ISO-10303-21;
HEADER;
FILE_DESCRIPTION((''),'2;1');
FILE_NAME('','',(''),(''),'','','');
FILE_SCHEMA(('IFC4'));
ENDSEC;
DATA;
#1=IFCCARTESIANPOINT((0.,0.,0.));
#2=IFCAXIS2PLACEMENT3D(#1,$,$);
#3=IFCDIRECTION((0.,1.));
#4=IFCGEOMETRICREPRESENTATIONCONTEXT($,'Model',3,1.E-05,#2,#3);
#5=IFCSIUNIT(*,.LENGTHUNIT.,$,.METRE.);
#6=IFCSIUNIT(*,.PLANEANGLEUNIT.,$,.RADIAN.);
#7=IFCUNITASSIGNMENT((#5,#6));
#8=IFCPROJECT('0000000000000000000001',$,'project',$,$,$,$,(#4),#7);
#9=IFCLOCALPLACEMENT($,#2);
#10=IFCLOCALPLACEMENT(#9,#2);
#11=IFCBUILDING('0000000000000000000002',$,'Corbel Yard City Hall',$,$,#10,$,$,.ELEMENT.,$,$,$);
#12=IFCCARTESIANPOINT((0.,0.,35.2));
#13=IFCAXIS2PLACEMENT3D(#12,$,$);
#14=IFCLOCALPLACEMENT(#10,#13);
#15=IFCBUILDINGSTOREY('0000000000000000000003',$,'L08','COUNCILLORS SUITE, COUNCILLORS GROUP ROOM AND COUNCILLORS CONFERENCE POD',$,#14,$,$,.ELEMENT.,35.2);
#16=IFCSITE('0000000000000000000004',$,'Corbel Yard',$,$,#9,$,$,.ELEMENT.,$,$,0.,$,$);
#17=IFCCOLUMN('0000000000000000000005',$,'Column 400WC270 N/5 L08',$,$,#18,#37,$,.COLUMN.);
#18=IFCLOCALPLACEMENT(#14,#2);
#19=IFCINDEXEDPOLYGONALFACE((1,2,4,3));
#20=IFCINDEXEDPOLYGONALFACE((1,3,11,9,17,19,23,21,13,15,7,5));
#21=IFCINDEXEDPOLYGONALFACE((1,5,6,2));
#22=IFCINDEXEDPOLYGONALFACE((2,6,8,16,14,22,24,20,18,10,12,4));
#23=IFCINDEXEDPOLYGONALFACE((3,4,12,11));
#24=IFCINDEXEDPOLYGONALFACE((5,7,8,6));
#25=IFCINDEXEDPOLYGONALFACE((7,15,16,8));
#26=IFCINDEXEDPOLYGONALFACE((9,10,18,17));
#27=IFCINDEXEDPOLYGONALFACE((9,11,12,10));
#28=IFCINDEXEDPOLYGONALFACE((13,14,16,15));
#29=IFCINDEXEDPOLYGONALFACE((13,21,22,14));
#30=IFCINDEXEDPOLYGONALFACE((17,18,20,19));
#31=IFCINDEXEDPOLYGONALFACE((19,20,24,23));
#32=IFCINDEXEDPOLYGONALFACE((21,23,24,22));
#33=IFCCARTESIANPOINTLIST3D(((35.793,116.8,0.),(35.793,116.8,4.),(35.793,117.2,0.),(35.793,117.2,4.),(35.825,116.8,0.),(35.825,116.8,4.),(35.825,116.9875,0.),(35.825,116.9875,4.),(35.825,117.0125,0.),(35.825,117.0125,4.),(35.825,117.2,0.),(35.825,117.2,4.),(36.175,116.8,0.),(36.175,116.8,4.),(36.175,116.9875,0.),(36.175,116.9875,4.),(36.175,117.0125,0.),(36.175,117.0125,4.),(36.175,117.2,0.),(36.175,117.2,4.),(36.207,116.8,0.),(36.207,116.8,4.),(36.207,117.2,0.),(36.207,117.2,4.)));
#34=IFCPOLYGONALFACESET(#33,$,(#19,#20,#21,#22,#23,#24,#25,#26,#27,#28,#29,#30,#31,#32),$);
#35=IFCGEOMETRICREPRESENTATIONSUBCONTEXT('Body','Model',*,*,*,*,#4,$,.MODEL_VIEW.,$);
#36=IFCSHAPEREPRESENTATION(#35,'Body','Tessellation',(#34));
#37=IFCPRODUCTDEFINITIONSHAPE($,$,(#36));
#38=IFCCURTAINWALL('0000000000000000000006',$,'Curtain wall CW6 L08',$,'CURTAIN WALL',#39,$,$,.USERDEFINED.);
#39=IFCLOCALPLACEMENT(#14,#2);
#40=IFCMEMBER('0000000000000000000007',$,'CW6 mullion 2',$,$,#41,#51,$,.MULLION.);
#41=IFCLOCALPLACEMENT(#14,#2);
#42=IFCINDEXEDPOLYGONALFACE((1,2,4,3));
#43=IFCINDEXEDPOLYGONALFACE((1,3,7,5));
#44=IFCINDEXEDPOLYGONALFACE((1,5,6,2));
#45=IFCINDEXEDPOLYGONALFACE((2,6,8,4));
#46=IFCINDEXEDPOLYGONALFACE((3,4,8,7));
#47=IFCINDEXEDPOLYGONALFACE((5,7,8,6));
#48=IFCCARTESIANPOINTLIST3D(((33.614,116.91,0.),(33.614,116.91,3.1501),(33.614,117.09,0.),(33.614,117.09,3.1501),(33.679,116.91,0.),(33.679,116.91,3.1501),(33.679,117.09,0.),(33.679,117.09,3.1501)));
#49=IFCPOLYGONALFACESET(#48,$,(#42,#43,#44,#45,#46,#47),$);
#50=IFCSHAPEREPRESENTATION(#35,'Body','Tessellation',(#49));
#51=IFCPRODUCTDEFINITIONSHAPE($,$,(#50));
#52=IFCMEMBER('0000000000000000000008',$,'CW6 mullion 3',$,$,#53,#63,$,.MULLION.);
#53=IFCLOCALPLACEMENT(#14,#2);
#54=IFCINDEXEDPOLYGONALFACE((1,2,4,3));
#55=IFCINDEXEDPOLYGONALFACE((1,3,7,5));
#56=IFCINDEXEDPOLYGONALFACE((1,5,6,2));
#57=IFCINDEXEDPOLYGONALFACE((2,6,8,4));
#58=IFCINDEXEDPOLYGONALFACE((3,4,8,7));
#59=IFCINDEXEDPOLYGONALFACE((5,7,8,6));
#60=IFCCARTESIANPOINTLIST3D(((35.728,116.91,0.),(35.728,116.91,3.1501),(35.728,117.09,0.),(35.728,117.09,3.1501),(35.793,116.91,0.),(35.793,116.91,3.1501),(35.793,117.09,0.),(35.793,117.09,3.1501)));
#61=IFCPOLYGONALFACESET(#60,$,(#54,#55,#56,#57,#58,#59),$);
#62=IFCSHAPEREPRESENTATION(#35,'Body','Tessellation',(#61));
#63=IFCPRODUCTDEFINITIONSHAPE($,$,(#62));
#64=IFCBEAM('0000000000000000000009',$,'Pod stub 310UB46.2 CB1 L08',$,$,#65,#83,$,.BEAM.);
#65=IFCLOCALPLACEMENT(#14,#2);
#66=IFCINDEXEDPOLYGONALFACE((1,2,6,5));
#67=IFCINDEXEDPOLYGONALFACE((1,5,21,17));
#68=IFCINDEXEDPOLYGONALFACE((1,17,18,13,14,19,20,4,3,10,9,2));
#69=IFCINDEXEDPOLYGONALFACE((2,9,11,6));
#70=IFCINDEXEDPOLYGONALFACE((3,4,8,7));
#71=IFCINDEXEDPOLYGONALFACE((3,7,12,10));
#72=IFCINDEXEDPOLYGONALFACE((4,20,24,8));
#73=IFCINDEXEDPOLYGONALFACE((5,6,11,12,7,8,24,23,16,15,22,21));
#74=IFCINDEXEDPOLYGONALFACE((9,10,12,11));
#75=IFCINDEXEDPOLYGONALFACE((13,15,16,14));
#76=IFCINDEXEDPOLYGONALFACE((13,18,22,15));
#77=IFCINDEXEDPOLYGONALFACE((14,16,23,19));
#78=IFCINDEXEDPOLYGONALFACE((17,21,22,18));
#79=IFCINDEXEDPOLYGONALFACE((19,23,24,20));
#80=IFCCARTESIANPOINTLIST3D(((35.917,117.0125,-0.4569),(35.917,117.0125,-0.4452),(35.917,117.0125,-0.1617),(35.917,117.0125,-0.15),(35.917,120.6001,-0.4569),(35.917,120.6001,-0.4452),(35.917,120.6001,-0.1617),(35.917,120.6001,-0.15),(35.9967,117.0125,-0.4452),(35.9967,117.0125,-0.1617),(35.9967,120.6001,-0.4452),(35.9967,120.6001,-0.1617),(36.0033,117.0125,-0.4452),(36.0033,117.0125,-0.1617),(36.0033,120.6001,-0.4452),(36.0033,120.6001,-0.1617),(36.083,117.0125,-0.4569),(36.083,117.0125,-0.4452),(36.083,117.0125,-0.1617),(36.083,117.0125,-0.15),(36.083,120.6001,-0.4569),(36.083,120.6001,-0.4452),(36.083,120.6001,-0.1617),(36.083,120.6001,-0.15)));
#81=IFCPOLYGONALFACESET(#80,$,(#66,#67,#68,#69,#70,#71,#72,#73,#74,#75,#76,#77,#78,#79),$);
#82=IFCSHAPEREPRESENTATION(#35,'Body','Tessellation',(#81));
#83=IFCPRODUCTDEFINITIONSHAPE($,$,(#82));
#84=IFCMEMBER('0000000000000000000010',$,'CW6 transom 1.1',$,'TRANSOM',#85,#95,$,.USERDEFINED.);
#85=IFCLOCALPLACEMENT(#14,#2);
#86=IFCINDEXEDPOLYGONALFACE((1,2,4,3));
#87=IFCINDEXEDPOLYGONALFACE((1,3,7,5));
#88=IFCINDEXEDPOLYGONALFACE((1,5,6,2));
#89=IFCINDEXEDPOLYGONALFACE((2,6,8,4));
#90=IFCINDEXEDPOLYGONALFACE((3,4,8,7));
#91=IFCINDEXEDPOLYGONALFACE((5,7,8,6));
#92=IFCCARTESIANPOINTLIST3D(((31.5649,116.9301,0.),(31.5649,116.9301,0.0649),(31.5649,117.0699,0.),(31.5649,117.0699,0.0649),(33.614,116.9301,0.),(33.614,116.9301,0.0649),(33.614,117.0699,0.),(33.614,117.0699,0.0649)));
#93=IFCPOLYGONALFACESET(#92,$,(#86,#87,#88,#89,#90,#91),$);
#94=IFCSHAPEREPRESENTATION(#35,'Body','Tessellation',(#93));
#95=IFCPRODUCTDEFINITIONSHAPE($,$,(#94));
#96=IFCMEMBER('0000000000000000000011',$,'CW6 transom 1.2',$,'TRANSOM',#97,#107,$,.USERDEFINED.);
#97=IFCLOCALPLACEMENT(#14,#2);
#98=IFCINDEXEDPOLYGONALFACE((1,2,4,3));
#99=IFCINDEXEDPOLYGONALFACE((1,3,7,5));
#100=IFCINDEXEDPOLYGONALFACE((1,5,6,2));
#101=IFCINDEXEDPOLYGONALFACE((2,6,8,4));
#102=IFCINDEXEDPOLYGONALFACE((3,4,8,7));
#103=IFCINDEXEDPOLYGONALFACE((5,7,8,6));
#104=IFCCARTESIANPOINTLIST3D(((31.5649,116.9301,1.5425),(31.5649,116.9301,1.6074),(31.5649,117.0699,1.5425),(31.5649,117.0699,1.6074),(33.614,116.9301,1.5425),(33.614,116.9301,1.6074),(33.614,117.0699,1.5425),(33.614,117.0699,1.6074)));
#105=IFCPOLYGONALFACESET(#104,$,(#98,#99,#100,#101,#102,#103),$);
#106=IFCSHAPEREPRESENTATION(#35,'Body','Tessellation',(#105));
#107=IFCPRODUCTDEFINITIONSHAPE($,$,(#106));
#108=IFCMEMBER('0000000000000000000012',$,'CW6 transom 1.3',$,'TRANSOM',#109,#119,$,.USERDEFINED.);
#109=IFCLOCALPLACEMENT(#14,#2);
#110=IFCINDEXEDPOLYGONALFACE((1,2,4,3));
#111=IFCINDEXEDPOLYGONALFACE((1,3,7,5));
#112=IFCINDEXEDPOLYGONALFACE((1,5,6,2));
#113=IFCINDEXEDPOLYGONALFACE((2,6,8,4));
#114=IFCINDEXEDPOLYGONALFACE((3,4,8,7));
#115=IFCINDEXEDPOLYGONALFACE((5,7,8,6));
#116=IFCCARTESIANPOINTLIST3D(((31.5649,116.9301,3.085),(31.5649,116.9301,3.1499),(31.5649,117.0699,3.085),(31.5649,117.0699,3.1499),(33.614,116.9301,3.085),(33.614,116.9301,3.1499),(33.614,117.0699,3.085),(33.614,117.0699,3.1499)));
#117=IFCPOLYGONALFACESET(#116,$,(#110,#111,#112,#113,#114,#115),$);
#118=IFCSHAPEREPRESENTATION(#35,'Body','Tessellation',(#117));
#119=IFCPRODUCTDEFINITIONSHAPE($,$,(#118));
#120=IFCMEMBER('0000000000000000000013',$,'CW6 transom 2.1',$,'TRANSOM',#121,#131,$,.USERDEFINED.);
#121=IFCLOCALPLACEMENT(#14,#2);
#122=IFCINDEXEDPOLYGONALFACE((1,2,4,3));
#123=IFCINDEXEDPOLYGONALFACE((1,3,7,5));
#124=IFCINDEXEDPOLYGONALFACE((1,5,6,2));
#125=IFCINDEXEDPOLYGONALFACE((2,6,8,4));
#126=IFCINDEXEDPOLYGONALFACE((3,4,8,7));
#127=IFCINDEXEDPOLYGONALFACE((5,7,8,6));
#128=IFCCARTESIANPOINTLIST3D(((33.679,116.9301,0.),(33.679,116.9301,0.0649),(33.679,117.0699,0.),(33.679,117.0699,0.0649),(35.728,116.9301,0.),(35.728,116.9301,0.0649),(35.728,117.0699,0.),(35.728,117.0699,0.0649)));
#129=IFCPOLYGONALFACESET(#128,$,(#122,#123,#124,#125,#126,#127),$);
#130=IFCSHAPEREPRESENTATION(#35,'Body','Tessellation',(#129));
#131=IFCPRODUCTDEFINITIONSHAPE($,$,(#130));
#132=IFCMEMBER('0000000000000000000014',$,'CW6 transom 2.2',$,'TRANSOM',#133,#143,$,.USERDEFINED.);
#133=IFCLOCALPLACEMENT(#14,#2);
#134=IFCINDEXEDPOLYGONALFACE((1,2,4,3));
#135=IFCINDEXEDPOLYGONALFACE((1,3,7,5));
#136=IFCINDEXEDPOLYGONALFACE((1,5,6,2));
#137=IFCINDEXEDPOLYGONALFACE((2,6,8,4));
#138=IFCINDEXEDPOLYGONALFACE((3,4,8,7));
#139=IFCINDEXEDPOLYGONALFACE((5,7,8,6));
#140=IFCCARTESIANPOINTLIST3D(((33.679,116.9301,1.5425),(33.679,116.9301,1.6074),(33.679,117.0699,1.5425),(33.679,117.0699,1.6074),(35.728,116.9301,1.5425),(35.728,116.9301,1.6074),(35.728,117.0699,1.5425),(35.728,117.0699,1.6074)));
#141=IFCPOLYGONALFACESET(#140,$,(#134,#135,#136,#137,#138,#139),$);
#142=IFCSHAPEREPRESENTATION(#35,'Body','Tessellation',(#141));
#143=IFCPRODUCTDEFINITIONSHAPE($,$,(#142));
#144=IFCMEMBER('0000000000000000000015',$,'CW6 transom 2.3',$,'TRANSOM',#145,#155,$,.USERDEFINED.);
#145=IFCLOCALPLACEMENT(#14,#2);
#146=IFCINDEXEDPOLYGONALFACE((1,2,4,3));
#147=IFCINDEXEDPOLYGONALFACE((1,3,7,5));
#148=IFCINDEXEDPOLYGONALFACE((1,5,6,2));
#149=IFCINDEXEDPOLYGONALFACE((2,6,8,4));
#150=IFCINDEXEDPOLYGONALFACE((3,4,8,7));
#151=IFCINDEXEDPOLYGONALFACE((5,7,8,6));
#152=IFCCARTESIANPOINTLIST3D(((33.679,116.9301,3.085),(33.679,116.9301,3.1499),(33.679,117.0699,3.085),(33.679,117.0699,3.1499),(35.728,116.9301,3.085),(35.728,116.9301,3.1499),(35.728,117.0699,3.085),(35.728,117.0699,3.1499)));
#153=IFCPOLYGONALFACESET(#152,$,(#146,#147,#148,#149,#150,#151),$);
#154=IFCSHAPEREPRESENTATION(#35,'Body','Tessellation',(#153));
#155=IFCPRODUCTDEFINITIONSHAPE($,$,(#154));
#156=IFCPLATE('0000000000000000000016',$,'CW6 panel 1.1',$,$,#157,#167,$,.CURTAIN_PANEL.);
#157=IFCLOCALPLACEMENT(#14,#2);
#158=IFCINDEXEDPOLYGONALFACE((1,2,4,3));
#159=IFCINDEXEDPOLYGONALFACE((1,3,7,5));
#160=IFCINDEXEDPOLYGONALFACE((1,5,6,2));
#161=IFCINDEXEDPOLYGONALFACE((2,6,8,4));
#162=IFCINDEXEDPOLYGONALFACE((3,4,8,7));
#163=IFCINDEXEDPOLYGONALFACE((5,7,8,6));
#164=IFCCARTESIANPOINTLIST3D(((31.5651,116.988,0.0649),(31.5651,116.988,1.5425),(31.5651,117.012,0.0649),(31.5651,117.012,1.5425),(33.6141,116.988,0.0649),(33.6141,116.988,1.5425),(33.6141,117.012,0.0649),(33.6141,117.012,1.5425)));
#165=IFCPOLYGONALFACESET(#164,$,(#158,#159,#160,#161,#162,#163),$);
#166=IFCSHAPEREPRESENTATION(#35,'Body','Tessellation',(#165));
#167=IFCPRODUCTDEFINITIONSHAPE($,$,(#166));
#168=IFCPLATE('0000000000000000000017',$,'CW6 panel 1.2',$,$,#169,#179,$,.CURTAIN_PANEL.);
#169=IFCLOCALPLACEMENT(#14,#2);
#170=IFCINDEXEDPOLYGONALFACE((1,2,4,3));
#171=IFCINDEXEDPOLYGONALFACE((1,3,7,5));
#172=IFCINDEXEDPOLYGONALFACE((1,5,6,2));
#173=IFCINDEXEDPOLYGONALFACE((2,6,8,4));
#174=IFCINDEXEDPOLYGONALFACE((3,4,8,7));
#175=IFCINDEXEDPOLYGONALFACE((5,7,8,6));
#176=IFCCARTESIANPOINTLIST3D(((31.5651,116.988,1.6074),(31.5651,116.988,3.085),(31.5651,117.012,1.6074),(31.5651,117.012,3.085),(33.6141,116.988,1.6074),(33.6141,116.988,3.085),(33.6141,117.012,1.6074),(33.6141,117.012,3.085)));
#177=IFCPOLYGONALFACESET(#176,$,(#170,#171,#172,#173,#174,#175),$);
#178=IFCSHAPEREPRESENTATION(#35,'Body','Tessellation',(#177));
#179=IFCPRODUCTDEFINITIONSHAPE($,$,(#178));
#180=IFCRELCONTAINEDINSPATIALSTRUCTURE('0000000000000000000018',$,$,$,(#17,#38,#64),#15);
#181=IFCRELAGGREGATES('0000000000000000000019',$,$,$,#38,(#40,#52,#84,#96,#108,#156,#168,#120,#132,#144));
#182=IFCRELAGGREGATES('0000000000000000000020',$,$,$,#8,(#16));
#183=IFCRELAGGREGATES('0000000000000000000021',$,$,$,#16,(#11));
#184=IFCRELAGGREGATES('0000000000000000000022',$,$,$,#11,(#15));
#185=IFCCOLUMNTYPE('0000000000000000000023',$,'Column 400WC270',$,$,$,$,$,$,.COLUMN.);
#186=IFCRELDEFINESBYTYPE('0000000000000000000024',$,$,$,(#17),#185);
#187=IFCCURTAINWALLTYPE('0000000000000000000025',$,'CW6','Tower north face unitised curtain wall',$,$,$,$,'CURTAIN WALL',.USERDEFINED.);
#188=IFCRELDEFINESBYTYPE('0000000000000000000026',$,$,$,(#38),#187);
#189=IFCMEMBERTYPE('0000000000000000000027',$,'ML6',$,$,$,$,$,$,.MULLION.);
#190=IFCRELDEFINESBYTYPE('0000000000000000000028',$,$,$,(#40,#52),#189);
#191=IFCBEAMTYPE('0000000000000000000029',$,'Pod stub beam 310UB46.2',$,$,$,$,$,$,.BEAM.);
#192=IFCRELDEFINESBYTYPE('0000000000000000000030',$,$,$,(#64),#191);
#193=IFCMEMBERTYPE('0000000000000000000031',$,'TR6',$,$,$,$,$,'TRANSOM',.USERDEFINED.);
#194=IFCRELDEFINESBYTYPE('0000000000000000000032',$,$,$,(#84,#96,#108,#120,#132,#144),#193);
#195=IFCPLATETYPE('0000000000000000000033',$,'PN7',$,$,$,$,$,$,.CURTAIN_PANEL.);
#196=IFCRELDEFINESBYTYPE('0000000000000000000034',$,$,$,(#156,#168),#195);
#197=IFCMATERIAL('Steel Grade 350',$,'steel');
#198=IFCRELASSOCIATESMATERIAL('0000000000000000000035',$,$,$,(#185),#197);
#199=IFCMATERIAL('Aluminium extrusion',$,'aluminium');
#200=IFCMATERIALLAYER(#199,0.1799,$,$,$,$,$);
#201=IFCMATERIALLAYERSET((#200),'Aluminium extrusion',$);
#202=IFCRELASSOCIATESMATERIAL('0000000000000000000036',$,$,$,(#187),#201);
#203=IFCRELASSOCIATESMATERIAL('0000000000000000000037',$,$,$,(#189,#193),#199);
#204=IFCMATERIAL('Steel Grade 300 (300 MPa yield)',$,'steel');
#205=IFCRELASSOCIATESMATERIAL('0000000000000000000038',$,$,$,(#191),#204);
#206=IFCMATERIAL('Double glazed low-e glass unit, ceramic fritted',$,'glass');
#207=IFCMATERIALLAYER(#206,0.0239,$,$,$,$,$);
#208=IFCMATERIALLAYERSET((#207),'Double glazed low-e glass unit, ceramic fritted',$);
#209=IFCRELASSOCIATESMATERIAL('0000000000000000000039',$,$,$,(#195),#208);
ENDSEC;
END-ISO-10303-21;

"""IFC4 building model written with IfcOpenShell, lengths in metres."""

from ifc_helpers import new_model, si_unit, direction, frame, origin, origin_2d, place, context, subcontext, project, spatial, rectangle, i_section, extrude, material, layer, layer_set, material_profile, profile_set, type_object, element, aggregate, save


model = new_model("IFC4")

# Units and contexts
model_context = context("Model", 3, precision=1e-05, world=origin(), true_north=direction((0.0, 1.0)))
body_context = subcontext(model_context, "Body", "Model", "MODEL_VIEW")
ifc_project = project(units=[si_unit("LENGTHUNIT", "METRE"), si_unit("PLANEANGLEUNIT", "RADIAN")], contexts=[model_context])

# Site, building, storey
site_placement = place(None, origin())
site = spatial("IfcSite", under=ifc_project, at=site_placement, Name="Corbel Yard", CompositionType="ELEMENT", RefElevation=0.0)
building_placement = place(site_placement, origin())
building = spatial("IfcBuilding", under=site, at=building_placement, Name="Corbel Yard City Hall", CompositionType="ELEMENT")
storey_placement = place(building_placement, frame((0.0, 0.0, 35.2)))
storey = spatial("IfcBuildingStorey", under=building, at=storey_placement, Name="L08", Description="COUNCILLORS SUITE, COUNCILLORS GROUP ROOM AND COUNCILLORS CONFERENCE POD", CompositionType="ELEMENT", Elevation=35.2)

# Column
ifc_material_1 = material(Name="Steel Grade 350", Category="steel")
ifc_material_profile_1 = material_profile(ifc_material_1, i_section(OverallWidth=0.3999, OverallDepth=0.4141, WebThickness=0.0249, FlangeThickness=0.032, at=origin_2d()), Name="400WC270")
ifc_profile_set_1 = profile_set([ifc_material_profile_1], Name="Steel Grade 350")
column_type = type_object("IfcColumnType", Name="Column 400WC270", PredefinedType="COLUMN", material=ifc_profile_set_1)
column_placement = place(storey_placement, frame((36.0, 117.0, 0.0), z_axis=(0.0, 0.0, 1.0), x_axis=(0.0, 1.0, 0.0)))
element("IfcColumn", 1, at=column_placement, inside=storey, type_object=column_type, Name="Column 400WC270 N/5 L08", PredefinedType="COLUMN", context=body_context, shape_type="SweptSolid", body=[
    extrude(i_section(OverallWidth=0.3999, OverallDepth=0.4141, WebThickness=0.0249, FlangeThickness=0.032, at=origin_2d()), origin(), (0.0, 0.0, 1.0), 4.0),
])

# Curtain wall, members
ifc_material_2 = material(Name="Aluminium extrusion", Category="aluminium")
ifc_layer_1 = layer(ifc_material_2, 0.1799)
ifc_layer_set_1 = layer_set([ifc_layer_1], Name="Aluminium extrusion")
curtain_wall_type = type_object("IfcCurtainWallType", Name="CW6", Description="Tower north face unitised curtain wall", ElementType="CURTAIN WALL", PredefinedType="USERDEFINED", material=ifc_layer_set_1)
curtain_wall_placement = place(storey_placement, origin())
curtain_wall = element("IfcCurtainWall", 2, at=curtain_wall_placement, inside=storey, type_object=curtain_wall_type, Name="Curtain wall CW6 L08", ObjectType="CURTAIN WALL", PredefinedType="USERDEFINED")
ifc_material_profile_2 = material_profile(ifc_material_2, rectangle(XDim=0.1799, YDim=0.0649, at=origin_2d()), Name="180x65")
ifc_profile_set_2 = profile_set([ifc_material_profile_2], Name="Aluminium extrusion")
member_type_1 = type_object("IfcMemberType", Name="ML6", PredefinedType="MULLION", material=ifc_profile_set_2)
member_1_placement = place(storey_placement, frame((33.6465, 117.0, 0.0), z_axis=(0.0, 0.0, 1.0), x_axis=(0.0, 1.0, 0.0)))
member_1 = element("IfcMember", 3, at=member_1_placement, type_object=member_type_1, Name="CW6 mullion 2", PredefinedType="MULLION", context=body_context, shape_type="SweptSolid", body=[
    extrude(rectangle(XDim=0.1799, YDim=0.0649, at=origin_2d()), origin(), (0.0, 0.0, 1.0), 3.1501),
])
member_2_placement = place(storey_placement, frame((35.7605, 117.0, 0.0), z_axis=(0.0, 0.0, 1.0), x_axis=(0.0, 1.0, 0.0)))
member_2 = element("IfcMember", 4, at=member_2_placement, type_object=member_type_1, Name="CW6 mullion 3", PredefinedType="MULLION", context=body_context, shape_type="SweptSolid", body=[
    extrude(rectangle(XDim=0.1799, YDim=0.0649, at=origin_2d()), origin(), (0.0, 0.0, 1.0), 3.1501),
])

# Beam
ifc_material_3 = material(Name="Steel Grade 300 (300 MPa yield)", Category="steel")
ifc_material_profile_3 = material_profile(ifc_material_3, i_section(OverallWidth=0.166, OverallDepth=0.3069, WebThickness=0.0066, FlangeThickness=0.0117, at=origin_2d()), Name="310UB46.2")
ifc_profile_set_3 = profile_set([ifc_material_profile_3], Name="Steel Grade 300 (300 MPa yield)")
beam_type = type_object("IfcBeamType", Name="Pod stub beam 310UB46.2", PredefinedType="BEAM", material=ifc_profile_set_3)
beam_placement = place(storey_placement, frame((36.0, 117.0125, -0.3035), z_axis=(0.0, 1.0, 0.0), x_axis=(-1.0, 0.0, 0.0)))
element("IfcBeam", 5, at=beam_placement, inside=storey, type_object=beam_type, Name="Pod stub 310UB46.2 CB1 L08", PredefinedType="BEAM", context=body_context, shape_type="SweptSolid", body=[
    extrude(i_section(OverallWidth=0.166, OverallDepth=0.3069, WebThickness=0.0066, FlangeThickness=0.0117, at=origin_2d()), origin(), (0.0, 0.0, 1.0), 3.5876),
])

# Members
ifc_material_profile_4 = material_profile(ifc_material_2, rectangle(XDim=0.1399, YDim=0.0649, at=origin_2d()), Name="140x65")
ifc_profile_set_4 = profile_set([ifc_material_profile_4], Name="Aluminium extrusion")
member_type_2 = type_object("IfcMemberType", Name="TR6", ElementType="TRANSOM", PredefinedType="USERDEFINED", material=ifc_profile_set_4)
member_3_placement = place(storey_placement, frame((31.5649, 117.0, 0.0325), z_axis=(1.0, 0.0, 0.0), x_axis=(0.0, 1.0, 0.0)))
member_3 = element("IfcMember", 6, at=member_3_placement, type_object=member_type_2, Name="CW6 transom 1.1", ObjectType="TRANSOM", PredefinedType="USERDEFINED", context=body_context, shape_type="SweptSolid", body=[
    extrude(rectangle(XDim=0.1399, YDim=0.0649, at=origin_2d()), origin(), (0.0, 0.0, 1.0), 2.0491),
])
member_4_placement = place(storey_placement, frame((31.5649, 117.0, 1.575), z_axis=(1.0, 0.0, 0.0), x_axis=(0.0, 1.0, 0.0)))
member_4 = element("IfcMember", 7, at=member_4_placement, type_object=member_type_2, Name="CW6 transom 1.2", ObjectType="TRANSOM", PredefinedType="USERDEFINED", context=body_context, shape_type="SweptSolid", body=[
    extrude(rectangle(XDim=0.1399, YDim=0.0649, at=origin_2d()), origin(), (0.0, 0.0, 1.0), 2.0491),
])
member_5_placement = place(storey_placement, frame((31.5649, 117.0, 3.1174), z_axis=(1.0, 0.0, 0.0), x_axis=(0.0, 1.0, 0.0)))
member_5 = element("IfcMember", 8, at=member_5_placement, type_object=member_type_2, Name="CW6 transom 1.3", ObjectType="TRANSOM", PredefinedType="USERDEFINED", context=body_context, shape_type="SweptSolid", body=[
    extrude(rectangle(XDim=0.1399, YDim=0.0649, at=origin_2d()), origin(), (0.0, 0.0, 1.0), 2.0491),
])
member_6_placement = place(storey_placement, frame((33.679, 117.0, 0.0325), z_axis=(1.0, 0.0, 0.0), x_axis=(0.0, 1.0, 0.0)))
member_6 = element("IfcMember", 9, at=member_6_placement, type_object=member_type_2, Name="CW6 transom 2.1", ObjectType="TRANSOM", PredefinedType="USERDEFINED", context=body_context, shape_type="SweptSolid", body=[
    extrude(rectangle(XDim=0.1399, YDim=0.0649, at=origin_2d()), origin(), (0.0, 0.0, 1.0), 2.0491),
])
member_7_placement = place(storey_placement, frame((33.679, 117.0, 1.575), z_axis=(1.0, 0.0, 0.0), x_axis=(0.0, 1.0, 0.0)))
member_7 = element("IfcMember", 10, at=member_7_placement, type_object=member_type_2, Name="CW6 transom 2.2", ObjectType="TRANSOM", PredefinedType="USERDEFINED", context=body_context, shape_type="SweptSolid", body=[
    extrude(rectangle(XDim=0.1399, YDim=0.0649, at=origin_2d()), origin(), (0.0, 0.0, 1.0), 2.0491),
])
member_8_placement = place(storey_placement, frame((33.679, 117.0, 3.1174), z_axis=(1.0, 0.0, 0.0), x_axis=(0.0, 1.0, 0.0)))
member_8 = element("IfcMember", 11, at=member_8_placement, type_object=member_type_2, Name="CW6 transom 2.3", ObjectType="TRANSOM", PredefinedType="USERDEFINED", context=body_context, shape_type="SweptSolid", body=[
    extrude(rectangle(XDim=0.1399, YDim=0.0649, at=origin_2d()), origin(), (0.0, 0.0, 1.0), 2.0491),
])

# Plates
ifc_material_4 = material(Name="Double glazed low-e glass unit, ceramic fritted", Category="glass")
ifc_layer_2 = layer(ifc_material_4, 0.0239)
ifc_layer_set_2 = layer_set([ifc_layer_2], Name="Double glazed low-e glass unit, ceramic fritted")
plate_type = type_object("IfcPlateType", Name="PN7", PredefinedType="CURTAIN_PANEL", material=ifc_layer_set_2)
plate_1_placement = place(storey_placement, frame((32.5896, 117.0, 0.0649), z_axis=(0.0, 0.0, 1.0), x_axis=(1.0, 0.0, 0.0)))
plate_1 = element("IfcPlate", 12, at=plate_1_placement, type_object=plate_type, Name="CW6 panel 1.1", PredefinedType="CURTAIN_PANEL", context=body_context, shape_type="SweptSolid", body=[
    extrude(rectangle(XDim=2.0491, YDim=0.0239, at=origin_2d()), origin(), (0.0, 0.0, 1.0), 1.4775),
])
plate_2_placement = place(storey_placement, frame((32.5896, 117.0, 1.6074), z_axis=(0.0, 0.0, 1.0), x_axis=(1.0, 0.0, 0.0)))
plate_2 = element("IfcPlate", 13, at=plate_2_placement, type_object=plate_type, Name="CW6 panel 1.2", PredefinedType="CURTAIN_PANEL", context=body_context, shape_type="SweptSolid", body=[
    extrude(rectangle(XDim=2.0491, YDim=0.0239, at=origin_2d()), origin(), (0.0, 0.0, 1.0), 1.4775),
])
aggregate(curtain_wall, [member_1, member_2, member_3, member_4, member_5, plate_1, plate_2, member_6, member_7, member_8])

save(model, "model.ifc")
